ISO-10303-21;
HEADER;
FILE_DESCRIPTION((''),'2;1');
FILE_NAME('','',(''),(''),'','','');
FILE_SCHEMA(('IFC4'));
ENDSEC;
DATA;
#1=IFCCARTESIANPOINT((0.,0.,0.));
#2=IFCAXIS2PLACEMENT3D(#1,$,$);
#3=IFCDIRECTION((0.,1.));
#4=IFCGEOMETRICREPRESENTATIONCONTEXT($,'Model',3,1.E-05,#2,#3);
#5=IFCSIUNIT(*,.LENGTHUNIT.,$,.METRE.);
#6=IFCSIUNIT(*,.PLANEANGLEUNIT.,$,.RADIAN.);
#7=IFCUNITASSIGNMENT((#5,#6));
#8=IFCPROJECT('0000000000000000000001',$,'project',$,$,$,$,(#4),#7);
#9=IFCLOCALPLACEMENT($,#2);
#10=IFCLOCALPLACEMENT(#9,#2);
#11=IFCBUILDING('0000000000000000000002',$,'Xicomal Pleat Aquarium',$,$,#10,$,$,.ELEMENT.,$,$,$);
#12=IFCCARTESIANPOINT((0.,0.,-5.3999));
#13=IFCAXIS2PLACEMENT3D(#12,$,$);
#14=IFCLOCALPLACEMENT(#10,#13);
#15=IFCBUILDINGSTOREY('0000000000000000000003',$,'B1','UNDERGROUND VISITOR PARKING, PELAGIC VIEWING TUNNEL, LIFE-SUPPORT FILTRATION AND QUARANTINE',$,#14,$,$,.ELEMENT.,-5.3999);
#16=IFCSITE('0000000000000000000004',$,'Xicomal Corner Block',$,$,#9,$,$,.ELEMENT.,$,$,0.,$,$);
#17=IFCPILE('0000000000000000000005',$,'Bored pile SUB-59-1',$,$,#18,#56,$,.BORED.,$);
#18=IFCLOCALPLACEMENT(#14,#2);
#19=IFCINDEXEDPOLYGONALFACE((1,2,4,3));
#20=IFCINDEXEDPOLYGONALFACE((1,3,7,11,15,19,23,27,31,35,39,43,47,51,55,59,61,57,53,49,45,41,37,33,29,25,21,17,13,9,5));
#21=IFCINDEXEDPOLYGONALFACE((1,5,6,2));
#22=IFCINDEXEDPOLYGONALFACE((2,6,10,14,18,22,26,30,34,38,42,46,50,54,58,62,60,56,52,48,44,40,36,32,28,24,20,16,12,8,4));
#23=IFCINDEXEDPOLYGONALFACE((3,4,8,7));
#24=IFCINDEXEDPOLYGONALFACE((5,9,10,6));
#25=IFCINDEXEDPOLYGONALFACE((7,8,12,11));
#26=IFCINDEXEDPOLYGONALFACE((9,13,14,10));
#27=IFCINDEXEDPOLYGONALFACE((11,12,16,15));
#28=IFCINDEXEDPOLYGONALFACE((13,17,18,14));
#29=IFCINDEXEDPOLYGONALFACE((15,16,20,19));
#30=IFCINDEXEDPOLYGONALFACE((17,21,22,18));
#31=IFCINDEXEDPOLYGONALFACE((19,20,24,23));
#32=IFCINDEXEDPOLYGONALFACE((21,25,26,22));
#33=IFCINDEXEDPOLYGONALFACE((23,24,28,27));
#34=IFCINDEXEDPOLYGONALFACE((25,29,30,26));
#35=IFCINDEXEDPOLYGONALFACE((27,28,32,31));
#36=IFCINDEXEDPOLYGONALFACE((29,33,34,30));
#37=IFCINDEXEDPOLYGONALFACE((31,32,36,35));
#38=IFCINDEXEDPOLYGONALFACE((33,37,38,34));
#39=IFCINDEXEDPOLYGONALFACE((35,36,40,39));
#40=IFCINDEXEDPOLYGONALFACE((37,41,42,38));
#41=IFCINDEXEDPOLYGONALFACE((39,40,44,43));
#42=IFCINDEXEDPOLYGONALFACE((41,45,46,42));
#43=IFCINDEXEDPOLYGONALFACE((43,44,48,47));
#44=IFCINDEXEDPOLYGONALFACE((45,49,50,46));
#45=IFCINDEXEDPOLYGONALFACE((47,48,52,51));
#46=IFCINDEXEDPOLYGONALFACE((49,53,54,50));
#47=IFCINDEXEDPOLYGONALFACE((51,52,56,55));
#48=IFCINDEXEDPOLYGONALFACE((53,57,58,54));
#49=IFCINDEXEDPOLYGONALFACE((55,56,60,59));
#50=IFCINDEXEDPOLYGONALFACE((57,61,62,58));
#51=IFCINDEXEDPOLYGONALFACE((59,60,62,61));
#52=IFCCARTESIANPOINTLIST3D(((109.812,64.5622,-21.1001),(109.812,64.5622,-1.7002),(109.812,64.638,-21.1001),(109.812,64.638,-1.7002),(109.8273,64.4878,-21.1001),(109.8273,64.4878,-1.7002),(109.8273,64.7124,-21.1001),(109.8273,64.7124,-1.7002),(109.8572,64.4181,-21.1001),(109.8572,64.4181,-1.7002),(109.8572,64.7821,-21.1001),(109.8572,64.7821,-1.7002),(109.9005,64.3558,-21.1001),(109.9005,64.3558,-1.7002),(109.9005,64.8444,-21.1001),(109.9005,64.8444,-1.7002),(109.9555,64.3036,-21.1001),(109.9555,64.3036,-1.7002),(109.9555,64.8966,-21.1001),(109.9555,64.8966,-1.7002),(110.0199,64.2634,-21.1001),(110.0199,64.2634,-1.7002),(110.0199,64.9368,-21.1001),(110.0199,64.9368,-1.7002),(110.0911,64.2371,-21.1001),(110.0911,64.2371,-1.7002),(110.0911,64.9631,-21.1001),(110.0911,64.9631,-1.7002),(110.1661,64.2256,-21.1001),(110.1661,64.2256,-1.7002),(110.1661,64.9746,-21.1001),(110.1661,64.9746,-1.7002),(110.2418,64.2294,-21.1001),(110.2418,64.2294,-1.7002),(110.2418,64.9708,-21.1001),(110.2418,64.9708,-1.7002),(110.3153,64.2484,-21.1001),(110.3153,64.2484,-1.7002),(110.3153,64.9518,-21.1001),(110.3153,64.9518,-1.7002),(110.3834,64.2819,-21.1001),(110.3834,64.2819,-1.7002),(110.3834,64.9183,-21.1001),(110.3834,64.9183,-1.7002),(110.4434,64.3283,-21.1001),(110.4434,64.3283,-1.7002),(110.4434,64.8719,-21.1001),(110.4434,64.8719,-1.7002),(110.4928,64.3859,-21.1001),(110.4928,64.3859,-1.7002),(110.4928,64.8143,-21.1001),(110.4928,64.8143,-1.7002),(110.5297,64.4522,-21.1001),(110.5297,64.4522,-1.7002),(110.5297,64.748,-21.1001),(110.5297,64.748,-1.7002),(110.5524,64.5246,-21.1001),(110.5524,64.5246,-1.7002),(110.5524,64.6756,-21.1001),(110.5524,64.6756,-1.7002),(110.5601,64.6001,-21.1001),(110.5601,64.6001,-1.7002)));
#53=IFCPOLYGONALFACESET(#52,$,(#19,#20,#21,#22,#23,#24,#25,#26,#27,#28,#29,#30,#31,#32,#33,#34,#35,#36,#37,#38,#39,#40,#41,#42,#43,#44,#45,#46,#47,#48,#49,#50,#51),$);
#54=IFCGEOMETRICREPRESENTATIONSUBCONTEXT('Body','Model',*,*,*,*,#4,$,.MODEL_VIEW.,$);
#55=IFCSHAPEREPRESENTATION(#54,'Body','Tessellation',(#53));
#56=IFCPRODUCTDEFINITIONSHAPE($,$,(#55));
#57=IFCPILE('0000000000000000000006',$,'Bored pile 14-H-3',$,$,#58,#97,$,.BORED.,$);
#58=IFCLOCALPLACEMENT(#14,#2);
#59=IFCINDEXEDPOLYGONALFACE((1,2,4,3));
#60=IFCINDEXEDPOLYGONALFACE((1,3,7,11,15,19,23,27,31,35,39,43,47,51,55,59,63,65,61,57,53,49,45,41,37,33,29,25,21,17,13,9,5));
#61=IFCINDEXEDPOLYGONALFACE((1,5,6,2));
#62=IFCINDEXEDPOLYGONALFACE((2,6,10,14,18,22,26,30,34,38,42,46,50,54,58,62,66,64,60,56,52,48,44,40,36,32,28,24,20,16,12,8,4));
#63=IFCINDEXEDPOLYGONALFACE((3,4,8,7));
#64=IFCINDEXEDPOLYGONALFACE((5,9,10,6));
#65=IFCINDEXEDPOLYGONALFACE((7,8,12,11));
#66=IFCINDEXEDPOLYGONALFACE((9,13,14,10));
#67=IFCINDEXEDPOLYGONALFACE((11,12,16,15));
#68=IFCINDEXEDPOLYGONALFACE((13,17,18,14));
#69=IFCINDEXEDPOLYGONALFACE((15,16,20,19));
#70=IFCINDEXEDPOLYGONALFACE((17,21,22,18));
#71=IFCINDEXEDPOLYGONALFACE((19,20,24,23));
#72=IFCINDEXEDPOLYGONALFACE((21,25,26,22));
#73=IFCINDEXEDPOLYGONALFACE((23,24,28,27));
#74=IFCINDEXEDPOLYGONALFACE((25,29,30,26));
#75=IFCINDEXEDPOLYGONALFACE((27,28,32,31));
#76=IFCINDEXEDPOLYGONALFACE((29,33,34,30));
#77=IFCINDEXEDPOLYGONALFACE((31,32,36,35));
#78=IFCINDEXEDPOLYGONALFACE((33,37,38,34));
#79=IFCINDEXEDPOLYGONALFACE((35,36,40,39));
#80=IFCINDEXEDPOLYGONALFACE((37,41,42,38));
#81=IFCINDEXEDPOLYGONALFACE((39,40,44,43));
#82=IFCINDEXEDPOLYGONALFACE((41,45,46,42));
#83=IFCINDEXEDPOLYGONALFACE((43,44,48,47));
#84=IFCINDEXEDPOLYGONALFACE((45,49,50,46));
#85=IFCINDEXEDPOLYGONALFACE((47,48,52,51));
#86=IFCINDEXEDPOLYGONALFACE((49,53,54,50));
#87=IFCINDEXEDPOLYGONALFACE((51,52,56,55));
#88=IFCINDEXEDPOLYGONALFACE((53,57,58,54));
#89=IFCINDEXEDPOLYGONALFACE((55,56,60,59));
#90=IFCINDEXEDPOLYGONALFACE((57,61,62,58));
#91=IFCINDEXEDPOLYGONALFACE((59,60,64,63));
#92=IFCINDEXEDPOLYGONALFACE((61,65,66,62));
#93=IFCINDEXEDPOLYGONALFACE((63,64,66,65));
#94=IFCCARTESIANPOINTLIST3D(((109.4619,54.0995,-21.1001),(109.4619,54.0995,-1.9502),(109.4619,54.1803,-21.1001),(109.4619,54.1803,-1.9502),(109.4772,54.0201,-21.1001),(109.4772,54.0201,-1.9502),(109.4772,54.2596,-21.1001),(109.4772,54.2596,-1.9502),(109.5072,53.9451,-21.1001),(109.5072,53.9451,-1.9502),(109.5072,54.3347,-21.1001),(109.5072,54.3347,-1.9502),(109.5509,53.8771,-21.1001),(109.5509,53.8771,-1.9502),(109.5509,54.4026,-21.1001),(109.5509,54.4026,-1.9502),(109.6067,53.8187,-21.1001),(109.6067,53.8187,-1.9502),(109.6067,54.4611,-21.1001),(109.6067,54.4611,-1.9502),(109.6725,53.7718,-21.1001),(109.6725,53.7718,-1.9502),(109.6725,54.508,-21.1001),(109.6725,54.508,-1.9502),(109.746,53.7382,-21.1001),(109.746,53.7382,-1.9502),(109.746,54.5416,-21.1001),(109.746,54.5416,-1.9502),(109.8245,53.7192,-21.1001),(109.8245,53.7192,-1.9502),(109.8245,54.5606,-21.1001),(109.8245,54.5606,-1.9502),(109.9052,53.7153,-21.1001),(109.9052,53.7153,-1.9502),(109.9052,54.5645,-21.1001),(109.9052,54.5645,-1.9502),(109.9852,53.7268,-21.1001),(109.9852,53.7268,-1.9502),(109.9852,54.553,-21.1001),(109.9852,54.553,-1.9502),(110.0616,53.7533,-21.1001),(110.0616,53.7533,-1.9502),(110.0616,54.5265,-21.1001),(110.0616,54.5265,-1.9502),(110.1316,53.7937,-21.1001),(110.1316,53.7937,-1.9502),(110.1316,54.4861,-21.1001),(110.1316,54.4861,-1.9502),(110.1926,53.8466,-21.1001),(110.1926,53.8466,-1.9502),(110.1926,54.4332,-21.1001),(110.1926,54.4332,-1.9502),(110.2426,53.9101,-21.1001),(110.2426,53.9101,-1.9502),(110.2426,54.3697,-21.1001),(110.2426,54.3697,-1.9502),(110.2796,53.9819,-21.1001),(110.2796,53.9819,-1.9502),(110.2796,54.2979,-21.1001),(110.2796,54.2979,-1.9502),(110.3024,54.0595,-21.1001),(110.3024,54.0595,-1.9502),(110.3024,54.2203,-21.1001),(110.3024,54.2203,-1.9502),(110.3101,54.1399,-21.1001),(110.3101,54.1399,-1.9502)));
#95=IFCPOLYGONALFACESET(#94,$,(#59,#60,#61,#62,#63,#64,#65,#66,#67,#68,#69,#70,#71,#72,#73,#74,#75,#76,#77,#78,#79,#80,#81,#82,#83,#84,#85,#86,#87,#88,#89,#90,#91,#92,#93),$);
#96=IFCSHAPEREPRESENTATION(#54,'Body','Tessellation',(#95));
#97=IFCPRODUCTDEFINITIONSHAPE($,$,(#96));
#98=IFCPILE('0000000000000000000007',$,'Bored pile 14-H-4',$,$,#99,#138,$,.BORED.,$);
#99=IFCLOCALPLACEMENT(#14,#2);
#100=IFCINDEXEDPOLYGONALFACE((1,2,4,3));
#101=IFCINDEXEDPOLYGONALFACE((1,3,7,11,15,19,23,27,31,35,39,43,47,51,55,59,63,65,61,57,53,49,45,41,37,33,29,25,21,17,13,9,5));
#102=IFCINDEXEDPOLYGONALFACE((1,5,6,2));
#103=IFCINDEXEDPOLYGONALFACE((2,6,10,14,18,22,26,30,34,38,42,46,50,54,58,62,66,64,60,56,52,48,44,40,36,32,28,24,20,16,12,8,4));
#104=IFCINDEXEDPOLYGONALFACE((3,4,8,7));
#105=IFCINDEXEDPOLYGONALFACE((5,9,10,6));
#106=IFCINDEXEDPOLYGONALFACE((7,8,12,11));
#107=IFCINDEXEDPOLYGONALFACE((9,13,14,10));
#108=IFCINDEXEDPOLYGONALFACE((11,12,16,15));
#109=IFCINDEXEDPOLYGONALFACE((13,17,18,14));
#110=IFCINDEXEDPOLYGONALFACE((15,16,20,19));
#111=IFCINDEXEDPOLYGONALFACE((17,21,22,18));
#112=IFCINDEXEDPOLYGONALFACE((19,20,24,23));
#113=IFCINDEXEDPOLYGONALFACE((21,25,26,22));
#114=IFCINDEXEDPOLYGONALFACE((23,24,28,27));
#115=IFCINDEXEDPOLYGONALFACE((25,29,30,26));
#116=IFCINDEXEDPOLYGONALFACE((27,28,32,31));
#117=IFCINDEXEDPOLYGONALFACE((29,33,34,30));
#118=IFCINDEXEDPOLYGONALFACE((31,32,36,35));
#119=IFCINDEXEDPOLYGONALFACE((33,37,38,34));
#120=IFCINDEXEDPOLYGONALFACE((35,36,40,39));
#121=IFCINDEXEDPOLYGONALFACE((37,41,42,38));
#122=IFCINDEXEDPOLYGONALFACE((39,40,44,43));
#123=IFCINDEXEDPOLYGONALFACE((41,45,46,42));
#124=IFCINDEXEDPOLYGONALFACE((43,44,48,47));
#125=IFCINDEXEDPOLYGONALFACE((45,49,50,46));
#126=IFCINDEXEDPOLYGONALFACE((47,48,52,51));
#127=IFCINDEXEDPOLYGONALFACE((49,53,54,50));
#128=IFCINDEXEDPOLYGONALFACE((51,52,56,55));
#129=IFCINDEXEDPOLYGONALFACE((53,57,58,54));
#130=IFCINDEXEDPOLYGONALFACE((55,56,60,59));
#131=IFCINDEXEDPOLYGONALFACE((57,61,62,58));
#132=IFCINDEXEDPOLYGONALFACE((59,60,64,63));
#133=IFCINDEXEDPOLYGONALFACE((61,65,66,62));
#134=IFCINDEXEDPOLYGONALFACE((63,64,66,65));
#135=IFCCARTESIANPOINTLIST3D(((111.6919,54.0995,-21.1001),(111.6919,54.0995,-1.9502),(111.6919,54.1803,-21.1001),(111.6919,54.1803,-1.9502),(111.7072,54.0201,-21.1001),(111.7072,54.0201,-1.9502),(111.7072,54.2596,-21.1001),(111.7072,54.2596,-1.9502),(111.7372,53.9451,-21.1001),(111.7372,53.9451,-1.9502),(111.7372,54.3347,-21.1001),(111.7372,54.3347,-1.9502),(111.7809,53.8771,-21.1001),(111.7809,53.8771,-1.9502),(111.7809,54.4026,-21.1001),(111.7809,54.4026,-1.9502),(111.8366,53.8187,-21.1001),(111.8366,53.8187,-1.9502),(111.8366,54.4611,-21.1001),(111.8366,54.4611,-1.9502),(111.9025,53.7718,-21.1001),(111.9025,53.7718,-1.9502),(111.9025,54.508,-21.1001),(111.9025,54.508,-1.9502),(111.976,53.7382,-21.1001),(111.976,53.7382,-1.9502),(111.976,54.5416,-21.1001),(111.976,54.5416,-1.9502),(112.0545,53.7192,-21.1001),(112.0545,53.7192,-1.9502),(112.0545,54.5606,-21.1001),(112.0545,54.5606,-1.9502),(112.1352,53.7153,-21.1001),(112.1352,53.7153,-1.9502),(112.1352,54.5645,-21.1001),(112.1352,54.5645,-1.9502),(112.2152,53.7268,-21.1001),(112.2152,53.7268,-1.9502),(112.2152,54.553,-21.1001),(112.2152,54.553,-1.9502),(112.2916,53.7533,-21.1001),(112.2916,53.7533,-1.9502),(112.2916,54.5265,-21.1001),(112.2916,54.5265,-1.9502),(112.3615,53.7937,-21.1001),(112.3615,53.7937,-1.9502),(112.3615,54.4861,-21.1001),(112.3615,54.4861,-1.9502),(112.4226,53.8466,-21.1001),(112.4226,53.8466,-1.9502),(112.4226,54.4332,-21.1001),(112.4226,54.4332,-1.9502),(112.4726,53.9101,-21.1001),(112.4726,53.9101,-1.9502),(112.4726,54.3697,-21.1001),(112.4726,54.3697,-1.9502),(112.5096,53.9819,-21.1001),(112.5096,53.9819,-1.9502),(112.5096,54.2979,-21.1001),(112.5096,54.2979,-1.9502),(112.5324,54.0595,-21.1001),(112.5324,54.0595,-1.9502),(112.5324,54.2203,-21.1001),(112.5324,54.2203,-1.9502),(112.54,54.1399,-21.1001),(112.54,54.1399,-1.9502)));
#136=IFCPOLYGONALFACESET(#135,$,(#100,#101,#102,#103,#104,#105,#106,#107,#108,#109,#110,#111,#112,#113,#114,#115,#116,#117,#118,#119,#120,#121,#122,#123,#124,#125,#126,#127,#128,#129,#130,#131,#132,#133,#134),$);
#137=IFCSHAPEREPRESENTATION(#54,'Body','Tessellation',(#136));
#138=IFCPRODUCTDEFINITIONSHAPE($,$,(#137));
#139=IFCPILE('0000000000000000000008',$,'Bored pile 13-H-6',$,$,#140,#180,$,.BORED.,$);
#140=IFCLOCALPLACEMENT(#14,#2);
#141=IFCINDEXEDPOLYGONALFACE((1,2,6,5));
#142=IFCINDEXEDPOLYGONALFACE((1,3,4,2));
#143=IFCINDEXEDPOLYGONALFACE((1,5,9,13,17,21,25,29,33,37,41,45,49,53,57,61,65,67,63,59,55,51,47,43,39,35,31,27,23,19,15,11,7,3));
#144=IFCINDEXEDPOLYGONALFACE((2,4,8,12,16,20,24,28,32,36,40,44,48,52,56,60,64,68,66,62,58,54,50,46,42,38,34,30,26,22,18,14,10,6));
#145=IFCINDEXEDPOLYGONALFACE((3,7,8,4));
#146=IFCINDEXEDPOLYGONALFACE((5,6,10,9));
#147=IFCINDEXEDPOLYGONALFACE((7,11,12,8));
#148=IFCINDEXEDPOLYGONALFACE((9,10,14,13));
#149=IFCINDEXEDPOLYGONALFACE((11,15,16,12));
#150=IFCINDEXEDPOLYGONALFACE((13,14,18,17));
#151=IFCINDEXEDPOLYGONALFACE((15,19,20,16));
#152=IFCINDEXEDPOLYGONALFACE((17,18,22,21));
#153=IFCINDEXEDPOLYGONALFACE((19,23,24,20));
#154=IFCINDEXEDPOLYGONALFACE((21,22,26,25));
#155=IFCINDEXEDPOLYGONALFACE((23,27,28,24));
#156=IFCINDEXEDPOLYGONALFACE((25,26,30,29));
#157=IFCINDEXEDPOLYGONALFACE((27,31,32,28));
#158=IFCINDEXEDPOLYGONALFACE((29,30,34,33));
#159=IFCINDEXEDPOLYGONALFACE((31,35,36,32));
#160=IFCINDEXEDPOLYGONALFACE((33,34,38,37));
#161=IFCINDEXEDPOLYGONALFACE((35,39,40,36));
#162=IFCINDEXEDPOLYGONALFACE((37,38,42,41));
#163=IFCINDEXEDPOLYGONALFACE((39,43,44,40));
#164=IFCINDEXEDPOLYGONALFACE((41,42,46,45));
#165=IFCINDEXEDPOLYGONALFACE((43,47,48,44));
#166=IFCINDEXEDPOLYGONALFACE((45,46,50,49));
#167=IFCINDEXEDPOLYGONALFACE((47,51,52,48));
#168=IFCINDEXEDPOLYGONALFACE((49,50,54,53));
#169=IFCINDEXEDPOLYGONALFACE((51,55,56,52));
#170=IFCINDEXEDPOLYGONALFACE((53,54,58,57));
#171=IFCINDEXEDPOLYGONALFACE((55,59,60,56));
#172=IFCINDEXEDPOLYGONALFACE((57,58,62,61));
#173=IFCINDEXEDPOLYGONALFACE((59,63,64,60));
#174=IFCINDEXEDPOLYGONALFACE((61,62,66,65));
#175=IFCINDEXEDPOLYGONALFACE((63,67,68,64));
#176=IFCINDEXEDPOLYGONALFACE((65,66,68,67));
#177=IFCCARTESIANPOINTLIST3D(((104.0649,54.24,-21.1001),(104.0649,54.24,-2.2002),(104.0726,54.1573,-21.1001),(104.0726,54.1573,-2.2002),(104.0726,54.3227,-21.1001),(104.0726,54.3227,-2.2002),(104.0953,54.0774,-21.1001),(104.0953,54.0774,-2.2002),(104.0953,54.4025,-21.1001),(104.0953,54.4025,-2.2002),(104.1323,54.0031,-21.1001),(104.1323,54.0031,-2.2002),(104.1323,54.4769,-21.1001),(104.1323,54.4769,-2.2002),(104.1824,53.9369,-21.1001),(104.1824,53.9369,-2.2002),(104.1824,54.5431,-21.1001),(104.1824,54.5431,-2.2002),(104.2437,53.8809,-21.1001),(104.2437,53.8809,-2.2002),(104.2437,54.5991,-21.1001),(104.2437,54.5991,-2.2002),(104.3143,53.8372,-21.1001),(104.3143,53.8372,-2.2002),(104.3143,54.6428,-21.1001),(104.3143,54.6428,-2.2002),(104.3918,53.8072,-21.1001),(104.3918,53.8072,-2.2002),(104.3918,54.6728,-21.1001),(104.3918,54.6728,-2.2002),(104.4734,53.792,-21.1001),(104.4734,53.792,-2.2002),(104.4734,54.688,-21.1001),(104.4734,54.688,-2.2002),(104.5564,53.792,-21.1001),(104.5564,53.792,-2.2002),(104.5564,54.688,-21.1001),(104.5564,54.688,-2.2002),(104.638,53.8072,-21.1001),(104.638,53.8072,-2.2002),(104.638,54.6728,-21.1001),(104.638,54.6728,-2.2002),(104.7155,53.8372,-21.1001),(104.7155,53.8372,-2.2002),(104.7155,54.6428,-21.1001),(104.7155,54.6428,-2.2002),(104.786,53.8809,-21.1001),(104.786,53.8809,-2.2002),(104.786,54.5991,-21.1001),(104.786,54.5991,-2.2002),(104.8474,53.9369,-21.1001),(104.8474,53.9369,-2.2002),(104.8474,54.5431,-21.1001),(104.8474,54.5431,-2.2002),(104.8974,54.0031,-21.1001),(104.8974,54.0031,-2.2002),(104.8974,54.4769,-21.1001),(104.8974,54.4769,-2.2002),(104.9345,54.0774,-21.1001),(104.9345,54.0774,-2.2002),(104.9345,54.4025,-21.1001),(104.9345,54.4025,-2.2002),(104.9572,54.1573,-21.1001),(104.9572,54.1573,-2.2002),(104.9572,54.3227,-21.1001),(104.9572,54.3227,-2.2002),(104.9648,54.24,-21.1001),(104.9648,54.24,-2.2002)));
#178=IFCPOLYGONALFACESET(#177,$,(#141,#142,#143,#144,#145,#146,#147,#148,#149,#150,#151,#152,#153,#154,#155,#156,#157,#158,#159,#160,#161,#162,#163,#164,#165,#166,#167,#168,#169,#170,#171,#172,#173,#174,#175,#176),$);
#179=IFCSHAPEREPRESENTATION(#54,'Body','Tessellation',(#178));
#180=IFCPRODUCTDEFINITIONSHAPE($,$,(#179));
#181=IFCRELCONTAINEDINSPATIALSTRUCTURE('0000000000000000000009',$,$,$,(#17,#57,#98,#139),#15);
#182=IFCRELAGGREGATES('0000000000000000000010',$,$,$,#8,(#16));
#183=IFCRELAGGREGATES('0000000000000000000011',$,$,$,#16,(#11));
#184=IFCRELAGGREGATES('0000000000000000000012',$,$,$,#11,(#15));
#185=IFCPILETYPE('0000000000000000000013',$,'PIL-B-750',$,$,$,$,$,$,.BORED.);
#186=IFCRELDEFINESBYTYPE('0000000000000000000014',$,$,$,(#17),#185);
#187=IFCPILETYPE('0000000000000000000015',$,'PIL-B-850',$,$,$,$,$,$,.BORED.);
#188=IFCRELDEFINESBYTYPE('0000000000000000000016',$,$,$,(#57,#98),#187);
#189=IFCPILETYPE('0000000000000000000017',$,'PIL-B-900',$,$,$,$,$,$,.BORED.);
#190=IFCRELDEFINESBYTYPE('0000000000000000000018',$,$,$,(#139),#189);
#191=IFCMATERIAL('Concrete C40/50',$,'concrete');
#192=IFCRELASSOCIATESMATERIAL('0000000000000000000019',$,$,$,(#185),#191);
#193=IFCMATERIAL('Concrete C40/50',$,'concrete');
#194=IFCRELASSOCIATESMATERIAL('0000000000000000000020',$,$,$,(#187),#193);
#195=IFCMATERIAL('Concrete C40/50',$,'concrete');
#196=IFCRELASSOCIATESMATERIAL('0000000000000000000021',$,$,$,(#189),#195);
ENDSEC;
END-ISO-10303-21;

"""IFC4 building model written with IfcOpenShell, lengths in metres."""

from ifc_helpers import new_model, si_unit, direction, frame, origin, origin_2d, place, context, subcontext, project, spatial, circle, extrude, material, material_profile, profile_set, type_object, element, save


model = new_model("IFC4")

# Units and contexts
model_context = context("Model", 3, precision=1e-05, world=origin(), true_north=direction((0.0, 1.0)))
body_context = subcontext(model_context, "Body", "Model", "MODEL_VIEW")
ifc_project = project(units=[si_unit("LENGTHUNIT", "METRE"), si_unit("PLANEANGLEUNIT", "RADIAN")], contexts=[model_context])

# Site, building, storey
site_placement = place(None, origin())
site = spatial("IfcSite", under=ifc_project, at=site_placement, Name="Xicomal Corner Block", CompositionType="ELEMENT", RefElevation=0.0)
building_placement = place(site_placement, origin())
building = spatial("IfcBuilding", under=site, at=building_placement, Name="Xicomal Pleat Aquarium", CompositionType="ELEMENT")
storey_placement = place(building_placement, frame((0.0, 0.0, -5.3999)))
storey = spatial("IfcBuildingStorey", under=building, at=storey_placement, Name="B1", Description="UNDERGROUND VISITOR PARKING, PELAGIC VIEWING TUNNEL, LIFE-SUPPORT FILTRATION AND QUARANTINE", CompositionType="ELEMENT", Elevation=-5.3999)

# Piles
ifc_material_1 = material(Name="Concrete C40/50", Category="concrete")
ifc_material_profile_1 = material_profile(ifc_material_1, circle(Radius=0.375, at=origin_2d()), Name="BORED PILE D750")
ifc_profile_set_1 = profile_set([ifc_material_profile_1], Name="Concrete C40/50")
pile_type_1 = type_object("IfcPileType", Name="PIL-B-750", PredefinedType="BORED", material=ifc_profile_set_1)
for number, where, z_axis, x_axis, name in (
    (1, (110.1851, 64.6001, -1.7002), (0.0, 0.0, -1.0), (1.0, 0.0, 0.0), "Bored pile SUB-59-1"),
):
    element("IfcPile", number, at=place(storey_placement, frame(where, z_axis=z_axis, x_axis=x_axis)), inside=storey, type_object=pile_type_1, Name=name, PredefinedType="BORED", context=body_context, shape_type="SweptSolid", body=[
        extrude(circle(Radius=0.375, at=origin_2d()), origin(), (0.0, 0.0, 1.0), 19.3999),
    ])
ifc_material_2 = material(Name="Concrete C40/50", Category="concrete")
ifc_material_profile_2 = material_profile(ifc_material_2, circle(Radius=0.425, at=origin_2d()), Name="BORED PILE D850")
ifc_profile_set_2 = profile_set([ifc_material_profile_2], Name="Concrete C40/50")
pile_type_2 = type_object("IfcPileType", Name="PIL-B-850", PredefinedType="BORED", material=ifc_profile_set_2)
for number, where, z_axis, x_axis, name in (
    (2, (109.885, 54.1399, -1.9502), (0.0, 0.0, -1.0), (1.0, 0.0, 0.0), "Bored pile 14-H-3"),
    (3, (112.115, 54.1399, -1.9502), (0.0, 0.0, -1.0), (1.0, 0.0, 0.0), "Bored pile 14-H-4"),
):
    element("IfcPile", number, at=place(storey_placement, frame(where, z_axis=z_axis, x_axis=x_axis)), inside=storey, type_object=pile_type_2, Name=name, PredefinedType="BORED", context=body_context, shape_type="SweptSolid", body=[
        extrude(circle(Radius=0.425, at=origin_2d()), origin(), (0.0, 0.0, 1.0), 19.1499),
    ])
ifc_material_3 = material(Name="Concrete C40/50", Category="concrete")
ifc_material_profile_3 = material_profile(ifc_material_3, circle(Radius=0.45, at=origin_2d()), Name="BORED PILE D900")
ifc_profile_set_3 = profile_set([ifc_material_profile_3], Name="Concrete C40/50")
pile_type_3 = type_object("IfcPileType", Name="PIL-B-900", PredefinedType="BORED", material=ifc_profile_set_3)
pile_placement = place(storey_placement, frame((104.5149, 54.24, -2.2002), z_axis=(0.0, 0.0, -1.0), x_axis=(1.0, 0.0, 0.0)))
element("IfcPile", 4, at=pile_placement, inside=storey, type_object=pile_type_3, Name="Bored pile 13-H-6", PredefinedType="BORED", context=body_context, shape_type="SweptSolid", body=[
    extrude(circle(Radius=0.45, at=origin_2d()), origin(), (0.0, 0.0, 1.0), 18.8999),
])

save(model, "model.ifc")
